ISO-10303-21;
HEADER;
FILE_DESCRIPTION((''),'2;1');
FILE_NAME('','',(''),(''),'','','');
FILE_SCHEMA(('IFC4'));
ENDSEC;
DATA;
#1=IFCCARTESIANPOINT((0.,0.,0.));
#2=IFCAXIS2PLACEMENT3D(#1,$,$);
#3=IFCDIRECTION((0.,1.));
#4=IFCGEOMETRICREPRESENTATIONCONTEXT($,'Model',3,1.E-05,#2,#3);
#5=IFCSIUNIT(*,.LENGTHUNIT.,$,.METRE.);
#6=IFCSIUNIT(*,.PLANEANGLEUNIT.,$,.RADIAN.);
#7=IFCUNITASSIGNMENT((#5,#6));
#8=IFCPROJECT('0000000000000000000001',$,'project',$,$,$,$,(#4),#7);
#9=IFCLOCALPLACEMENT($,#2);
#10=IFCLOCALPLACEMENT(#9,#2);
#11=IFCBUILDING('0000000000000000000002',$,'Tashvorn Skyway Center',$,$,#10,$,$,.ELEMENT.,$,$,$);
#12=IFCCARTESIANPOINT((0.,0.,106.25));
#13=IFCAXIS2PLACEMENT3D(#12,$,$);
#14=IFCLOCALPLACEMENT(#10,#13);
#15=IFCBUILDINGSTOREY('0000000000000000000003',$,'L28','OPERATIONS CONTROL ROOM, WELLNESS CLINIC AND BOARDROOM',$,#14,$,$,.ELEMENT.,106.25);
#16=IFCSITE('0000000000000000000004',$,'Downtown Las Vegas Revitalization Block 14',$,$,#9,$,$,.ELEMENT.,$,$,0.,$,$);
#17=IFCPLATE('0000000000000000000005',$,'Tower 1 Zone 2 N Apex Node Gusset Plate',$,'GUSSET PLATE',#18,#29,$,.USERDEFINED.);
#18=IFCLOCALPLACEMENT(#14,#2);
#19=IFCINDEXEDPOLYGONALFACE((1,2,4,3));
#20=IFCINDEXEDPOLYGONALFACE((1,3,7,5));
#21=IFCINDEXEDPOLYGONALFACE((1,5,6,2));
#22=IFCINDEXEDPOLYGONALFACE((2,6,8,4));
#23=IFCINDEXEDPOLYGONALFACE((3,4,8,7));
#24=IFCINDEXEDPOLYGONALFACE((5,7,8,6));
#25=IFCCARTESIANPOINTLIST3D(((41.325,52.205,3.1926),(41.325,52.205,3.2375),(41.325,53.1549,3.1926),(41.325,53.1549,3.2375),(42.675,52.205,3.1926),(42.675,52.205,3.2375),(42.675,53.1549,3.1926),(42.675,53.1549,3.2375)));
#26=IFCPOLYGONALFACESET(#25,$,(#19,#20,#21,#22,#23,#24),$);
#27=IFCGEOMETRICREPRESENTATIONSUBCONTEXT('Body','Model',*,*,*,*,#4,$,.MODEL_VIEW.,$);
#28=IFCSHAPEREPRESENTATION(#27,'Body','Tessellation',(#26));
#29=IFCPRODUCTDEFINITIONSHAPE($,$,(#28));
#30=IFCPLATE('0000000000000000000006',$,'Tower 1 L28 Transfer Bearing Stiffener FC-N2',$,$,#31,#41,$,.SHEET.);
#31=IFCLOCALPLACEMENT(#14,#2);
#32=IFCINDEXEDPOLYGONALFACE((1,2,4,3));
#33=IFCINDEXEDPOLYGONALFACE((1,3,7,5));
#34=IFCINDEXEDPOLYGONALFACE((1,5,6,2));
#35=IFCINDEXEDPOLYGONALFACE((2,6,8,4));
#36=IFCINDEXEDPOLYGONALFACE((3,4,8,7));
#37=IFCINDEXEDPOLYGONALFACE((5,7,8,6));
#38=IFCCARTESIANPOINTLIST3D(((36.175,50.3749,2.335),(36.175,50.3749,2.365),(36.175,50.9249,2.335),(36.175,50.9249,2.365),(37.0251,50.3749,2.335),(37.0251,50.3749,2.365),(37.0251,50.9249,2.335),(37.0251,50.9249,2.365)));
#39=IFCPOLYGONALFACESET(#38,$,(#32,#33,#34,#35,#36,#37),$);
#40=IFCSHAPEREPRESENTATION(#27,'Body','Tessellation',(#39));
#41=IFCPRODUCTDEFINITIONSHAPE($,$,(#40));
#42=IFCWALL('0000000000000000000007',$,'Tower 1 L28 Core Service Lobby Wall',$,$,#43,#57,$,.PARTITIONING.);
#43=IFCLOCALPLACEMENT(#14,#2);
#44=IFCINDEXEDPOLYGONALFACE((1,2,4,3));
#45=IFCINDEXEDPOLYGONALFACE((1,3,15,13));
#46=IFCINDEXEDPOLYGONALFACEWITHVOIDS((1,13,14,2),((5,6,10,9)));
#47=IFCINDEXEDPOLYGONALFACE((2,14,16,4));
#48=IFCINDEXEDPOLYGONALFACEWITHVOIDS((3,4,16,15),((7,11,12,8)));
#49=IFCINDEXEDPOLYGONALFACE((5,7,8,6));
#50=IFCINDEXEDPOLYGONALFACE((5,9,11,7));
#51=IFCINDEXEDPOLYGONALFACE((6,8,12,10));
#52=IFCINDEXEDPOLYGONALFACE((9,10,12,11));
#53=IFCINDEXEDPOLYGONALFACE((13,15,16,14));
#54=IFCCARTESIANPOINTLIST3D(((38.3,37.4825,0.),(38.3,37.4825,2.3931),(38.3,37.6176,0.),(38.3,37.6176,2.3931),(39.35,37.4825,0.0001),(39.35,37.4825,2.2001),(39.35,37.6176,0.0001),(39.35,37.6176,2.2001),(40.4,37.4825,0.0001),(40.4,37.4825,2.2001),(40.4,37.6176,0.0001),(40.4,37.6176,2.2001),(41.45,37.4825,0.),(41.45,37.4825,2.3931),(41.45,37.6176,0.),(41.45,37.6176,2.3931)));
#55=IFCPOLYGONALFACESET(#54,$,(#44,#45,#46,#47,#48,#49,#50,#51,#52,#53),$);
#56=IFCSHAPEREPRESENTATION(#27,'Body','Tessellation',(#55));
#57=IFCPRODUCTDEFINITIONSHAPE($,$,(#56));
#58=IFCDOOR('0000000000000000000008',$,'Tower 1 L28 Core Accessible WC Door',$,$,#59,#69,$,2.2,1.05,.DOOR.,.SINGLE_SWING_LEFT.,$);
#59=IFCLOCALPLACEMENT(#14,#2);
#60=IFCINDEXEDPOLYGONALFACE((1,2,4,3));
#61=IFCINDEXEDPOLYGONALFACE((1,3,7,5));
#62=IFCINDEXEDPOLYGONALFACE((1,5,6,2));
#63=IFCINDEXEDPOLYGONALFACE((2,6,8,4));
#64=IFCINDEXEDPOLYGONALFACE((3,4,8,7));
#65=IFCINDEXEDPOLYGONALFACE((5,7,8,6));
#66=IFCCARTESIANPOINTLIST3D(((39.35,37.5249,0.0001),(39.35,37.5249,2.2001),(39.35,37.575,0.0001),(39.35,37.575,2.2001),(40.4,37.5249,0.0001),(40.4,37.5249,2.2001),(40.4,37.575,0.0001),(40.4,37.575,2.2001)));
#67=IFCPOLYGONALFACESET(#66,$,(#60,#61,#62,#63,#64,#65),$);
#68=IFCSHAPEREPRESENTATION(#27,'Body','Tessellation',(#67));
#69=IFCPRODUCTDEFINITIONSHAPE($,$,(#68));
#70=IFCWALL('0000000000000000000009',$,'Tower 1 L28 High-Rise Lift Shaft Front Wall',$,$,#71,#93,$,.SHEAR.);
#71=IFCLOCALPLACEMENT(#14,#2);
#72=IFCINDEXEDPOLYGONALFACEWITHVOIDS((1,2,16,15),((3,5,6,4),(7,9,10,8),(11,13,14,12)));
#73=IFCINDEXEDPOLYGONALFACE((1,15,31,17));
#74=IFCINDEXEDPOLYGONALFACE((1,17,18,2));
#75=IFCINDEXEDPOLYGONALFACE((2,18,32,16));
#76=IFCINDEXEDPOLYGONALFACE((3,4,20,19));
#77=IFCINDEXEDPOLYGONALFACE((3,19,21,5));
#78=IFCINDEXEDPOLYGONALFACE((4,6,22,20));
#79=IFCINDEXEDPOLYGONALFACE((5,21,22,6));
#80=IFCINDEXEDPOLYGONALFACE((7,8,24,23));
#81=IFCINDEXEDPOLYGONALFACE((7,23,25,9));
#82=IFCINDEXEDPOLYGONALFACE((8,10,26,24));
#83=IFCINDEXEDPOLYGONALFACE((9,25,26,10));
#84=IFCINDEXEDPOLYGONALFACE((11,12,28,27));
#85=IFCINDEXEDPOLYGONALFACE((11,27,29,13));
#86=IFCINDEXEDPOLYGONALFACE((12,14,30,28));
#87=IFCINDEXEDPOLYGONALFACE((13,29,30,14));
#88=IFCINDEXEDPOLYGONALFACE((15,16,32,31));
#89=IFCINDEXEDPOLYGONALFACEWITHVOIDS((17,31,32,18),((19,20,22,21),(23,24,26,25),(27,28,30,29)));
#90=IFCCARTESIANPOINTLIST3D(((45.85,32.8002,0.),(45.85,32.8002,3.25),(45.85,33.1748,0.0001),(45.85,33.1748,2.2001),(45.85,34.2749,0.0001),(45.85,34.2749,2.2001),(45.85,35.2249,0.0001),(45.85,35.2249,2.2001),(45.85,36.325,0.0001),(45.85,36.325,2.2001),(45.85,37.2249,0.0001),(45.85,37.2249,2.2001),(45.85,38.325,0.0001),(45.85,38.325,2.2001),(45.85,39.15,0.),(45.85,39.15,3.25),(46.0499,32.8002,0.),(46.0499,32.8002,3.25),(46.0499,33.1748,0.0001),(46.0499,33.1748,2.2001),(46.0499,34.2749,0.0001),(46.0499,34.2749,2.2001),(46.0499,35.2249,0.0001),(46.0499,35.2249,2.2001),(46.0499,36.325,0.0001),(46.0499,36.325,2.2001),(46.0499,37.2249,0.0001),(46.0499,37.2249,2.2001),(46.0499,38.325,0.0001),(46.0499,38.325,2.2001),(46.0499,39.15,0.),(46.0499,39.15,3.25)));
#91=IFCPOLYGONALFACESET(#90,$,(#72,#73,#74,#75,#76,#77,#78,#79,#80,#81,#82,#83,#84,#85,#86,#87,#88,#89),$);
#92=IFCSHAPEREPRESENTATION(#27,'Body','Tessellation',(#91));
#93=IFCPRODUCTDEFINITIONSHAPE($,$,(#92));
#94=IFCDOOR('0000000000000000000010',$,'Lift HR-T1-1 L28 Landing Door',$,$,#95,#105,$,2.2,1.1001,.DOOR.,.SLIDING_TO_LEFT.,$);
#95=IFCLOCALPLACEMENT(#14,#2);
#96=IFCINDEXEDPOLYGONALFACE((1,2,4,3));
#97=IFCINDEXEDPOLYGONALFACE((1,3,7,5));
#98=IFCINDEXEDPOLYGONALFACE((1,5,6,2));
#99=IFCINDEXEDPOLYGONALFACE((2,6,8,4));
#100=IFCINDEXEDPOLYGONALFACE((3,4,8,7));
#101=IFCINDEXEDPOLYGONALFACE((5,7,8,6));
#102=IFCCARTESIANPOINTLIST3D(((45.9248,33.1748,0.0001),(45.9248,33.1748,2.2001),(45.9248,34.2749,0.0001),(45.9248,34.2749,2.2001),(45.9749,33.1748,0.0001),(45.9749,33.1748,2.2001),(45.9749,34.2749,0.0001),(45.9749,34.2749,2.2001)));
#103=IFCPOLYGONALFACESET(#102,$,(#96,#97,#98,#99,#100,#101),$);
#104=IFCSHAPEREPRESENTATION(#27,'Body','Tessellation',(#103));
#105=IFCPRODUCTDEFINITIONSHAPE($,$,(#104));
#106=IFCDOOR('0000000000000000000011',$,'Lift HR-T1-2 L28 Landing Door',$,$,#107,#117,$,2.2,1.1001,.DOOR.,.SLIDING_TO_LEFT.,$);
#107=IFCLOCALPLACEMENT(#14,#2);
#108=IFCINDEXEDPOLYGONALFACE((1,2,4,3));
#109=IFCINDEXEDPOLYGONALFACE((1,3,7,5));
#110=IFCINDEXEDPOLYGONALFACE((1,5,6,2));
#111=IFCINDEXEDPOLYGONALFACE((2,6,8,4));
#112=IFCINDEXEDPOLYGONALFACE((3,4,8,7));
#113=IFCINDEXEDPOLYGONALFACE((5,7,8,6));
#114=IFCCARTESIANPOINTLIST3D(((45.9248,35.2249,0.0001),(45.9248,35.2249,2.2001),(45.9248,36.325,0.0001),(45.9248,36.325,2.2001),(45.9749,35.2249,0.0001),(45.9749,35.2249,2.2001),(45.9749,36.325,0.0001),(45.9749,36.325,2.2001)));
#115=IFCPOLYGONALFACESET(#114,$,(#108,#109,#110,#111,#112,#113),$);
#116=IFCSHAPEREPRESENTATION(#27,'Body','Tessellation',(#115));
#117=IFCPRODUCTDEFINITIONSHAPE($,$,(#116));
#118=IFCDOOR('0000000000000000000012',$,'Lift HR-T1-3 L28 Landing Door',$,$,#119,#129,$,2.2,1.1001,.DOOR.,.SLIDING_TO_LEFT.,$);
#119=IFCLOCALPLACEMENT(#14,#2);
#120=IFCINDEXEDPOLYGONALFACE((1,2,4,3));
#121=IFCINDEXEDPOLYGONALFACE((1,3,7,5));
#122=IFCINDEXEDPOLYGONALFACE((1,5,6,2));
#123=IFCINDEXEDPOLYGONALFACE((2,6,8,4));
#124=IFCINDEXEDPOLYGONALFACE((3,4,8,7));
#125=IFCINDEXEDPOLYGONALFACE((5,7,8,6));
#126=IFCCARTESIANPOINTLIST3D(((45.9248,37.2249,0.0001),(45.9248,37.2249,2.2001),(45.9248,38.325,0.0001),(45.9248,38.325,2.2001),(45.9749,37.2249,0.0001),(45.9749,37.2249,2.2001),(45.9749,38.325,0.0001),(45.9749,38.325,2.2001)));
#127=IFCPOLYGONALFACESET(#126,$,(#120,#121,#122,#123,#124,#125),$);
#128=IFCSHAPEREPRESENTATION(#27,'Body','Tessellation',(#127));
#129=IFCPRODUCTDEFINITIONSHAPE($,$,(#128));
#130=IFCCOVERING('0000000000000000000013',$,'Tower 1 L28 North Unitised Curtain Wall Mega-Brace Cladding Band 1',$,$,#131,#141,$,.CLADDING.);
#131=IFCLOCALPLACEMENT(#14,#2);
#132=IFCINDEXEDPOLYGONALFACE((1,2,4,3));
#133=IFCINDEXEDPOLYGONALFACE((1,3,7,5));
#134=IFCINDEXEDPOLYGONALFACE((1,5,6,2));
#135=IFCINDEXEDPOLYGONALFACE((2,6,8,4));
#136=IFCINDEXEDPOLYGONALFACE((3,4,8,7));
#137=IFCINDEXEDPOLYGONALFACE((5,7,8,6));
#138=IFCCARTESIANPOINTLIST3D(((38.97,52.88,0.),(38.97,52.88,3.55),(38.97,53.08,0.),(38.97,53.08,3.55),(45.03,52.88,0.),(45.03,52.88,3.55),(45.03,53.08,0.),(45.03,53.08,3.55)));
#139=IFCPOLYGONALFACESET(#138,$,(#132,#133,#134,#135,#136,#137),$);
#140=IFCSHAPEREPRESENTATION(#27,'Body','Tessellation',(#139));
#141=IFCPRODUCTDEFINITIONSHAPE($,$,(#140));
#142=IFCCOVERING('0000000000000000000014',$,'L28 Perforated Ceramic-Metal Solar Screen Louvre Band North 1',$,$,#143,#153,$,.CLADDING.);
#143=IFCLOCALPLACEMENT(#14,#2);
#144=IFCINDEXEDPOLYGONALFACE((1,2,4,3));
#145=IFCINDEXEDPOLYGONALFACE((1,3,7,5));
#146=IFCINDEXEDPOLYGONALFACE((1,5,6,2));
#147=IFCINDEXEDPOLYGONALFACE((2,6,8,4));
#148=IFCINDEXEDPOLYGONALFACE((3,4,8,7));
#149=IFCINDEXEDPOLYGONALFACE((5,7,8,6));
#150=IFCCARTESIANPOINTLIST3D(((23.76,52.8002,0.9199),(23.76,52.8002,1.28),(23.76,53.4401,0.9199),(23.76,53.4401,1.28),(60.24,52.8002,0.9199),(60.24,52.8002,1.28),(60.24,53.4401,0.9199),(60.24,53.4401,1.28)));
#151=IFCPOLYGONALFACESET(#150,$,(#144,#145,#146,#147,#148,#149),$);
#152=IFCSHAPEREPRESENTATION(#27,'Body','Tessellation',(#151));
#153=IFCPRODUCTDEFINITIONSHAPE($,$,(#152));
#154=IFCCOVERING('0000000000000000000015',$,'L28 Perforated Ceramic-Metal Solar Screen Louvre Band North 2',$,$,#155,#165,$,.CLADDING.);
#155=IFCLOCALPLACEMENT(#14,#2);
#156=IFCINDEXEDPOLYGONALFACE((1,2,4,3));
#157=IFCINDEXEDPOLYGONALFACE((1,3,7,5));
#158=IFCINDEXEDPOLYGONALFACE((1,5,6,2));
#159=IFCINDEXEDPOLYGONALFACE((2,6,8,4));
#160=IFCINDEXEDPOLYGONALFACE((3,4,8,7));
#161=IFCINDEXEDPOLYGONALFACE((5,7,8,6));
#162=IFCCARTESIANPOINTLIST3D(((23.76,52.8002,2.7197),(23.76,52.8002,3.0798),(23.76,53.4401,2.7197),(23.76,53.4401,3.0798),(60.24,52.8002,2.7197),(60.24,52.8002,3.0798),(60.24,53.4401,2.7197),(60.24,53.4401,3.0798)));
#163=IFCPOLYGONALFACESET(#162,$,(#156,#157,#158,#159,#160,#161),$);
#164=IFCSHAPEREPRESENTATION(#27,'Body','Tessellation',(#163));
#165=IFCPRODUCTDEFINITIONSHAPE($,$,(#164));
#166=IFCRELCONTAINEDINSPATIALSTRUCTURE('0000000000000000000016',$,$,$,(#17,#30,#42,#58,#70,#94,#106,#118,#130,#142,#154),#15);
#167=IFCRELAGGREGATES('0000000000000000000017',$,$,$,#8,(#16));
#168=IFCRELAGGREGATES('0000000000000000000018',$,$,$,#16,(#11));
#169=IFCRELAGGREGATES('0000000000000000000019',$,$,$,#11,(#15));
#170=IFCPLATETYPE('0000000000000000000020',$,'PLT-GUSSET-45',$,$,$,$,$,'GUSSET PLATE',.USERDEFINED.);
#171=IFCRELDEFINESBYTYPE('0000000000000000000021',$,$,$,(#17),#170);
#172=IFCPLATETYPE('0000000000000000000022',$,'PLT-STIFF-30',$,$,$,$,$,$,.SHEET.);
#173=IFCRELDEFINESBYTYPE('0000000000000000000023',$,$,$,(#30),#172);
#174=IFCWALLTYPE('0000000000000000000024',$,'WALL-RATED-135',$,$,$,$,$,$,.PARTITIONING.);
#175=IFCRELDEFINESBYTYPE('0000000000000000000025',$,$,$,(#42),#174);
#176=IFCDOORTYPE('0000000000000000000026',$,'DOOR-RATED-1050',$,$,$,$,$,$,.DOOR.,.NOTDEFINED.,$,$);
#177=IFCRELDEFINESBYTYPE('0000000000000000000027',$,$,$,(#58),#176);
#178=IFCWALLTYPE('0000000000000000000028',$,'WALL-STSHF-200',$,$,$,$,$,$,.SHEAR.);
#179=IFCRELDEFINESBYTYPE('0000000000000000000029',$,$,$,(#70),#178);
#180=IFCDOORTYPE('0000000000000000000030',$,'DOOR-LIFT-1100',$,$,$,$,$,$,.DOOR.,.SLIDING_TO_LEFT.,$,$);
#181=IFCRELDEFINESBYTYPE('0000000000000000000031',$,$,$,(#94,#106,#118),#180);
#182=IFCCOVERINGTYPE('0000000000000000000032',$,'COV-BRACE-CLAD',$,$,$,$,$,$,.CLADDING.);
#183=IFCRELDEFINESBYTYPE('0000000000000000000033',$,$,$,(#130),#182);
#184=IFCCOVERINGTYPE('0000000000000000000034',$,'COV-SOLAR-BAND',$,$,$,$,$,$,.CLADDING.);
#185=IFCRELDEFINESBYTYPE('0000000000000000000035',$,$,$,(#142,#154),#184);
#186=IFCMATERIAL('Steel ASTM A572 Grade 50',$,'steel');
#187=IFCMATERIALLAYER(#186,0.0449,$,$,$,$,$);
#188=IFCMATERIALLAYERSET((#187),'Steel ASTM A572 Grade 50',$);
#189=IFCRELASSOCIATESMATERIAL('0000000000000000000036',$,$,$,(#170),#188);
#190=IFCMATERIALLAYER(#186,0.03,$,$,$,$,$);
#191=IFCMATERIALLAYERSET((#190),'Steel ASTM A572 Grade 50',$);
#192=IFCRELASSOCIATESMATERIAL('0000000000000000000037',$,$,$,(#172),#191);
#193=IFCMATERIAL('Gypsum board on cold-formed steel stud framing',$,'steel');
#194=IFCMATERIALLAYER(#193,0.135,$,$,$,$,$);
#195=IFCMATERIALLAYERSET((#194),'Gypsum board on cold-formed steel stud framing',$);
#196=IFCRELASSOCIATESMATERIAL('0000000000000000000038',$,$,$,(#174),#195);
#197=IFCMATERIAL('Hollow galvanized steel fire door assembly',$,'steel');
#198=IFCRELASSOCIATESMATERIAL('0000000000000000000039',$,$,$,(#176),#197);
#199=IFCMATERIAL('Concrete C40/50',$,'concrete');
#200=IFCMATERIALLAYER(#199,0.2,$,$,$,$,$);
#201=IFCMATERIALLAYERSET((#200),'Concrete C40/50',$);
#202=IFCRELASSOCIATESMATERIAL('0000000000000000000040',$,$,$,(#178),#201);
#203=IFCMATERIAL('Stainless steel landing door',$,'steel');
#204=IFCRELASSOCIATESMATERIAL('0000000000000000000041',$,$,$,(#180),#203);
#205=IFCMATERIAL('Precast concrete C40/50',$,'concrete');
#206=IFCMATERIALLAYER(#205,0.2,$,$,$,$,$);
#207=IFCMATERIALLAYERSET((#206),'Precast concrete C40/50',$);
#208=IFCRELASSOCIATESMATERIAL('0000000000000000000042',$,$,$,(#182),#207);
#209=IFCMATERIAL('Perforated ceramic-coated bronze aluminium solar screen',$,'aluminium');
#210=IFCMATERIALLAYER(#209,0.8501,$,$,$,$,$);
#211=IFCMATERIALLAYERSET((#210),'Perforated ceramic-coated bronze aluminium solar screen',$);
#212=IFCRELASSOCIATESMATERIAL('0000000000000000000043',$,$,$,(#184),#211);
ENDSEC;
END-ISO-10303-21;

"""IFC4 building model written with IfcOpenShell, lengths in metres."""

from ifc_helpers import new_model, si_unit, direction, frame, frame_2d, origin, origin_2d, place, context, subcontext, project, spatial, rectangle, extrude, material, layer, layer_set, type_object, element, fill, save


model = new_model("IFC4")

# Units and contexts
model_context = context("Model", 3, precision=1e-05, world=origin(), true_north=direction((0.0, 1.0)))
body_context = subcontext(model_context, "Body", "Model", "MODEL_VIEW")
ifc_project = project(units=[si_unit("LENGTHUNIT", "METRE"), si_unit("PLANEANGLEUNIT", "RADIAN")], contexts=[model_context])

# Site, building, storey
site_placement = place(None, origin())
site = spatial("IfcSite", under=ifc_project, at=site_placement, Name="Downtown Las Vegas Revitalization Block 14", CompositionType="ELEMENT", RefElevation=0.0)
building_placement = place(site_placement, origin())
building = spatial("IfcBuilding", under=site, at=building_placement, Name="Tashvorn Skyway Center", CompositionType="ELEMENT")
storey_placement = place(building_placement, frame((0.0, 0.0, 106.25)))
storey = spatial("IfcBuildingStorey", under=building, at=storey_placement, Name="L28", Description="OPERATIONS CONTROL ROOM, WELLNESS CLINIC AND BOARDROOM", CompositionType="ELEMENT", Elevation=106.25)

# Shared definitions
ifc_material_1 = material(Name="Steel ASTM A572 Grade 50", Category="steel")

# Plates
ifc_layer_1 = layer(ifc_material_1, 0.0449)
ifc_layer_set_1 = layer_set([ifc_layer_1], Name="Steel ASTM A572 Grade 50")
plate_type_1 = type_object("IfcPlateType", Name="PLT-GUSSET-45", ElementType="GUSSET PLATE", PredefinedType="USERDEFINED", material=ifc_layer_set_1)
plate_1_placement = place(storey_placement, frame((42.0, 52.6799, 3.1926), z_axis=(0.0, 0.0, 1.0), x_axis=(-1.0, 0.0, 0.0)))
element("IfcPlate", 1, at=plate_1_placement, inside=storey, type_object=plate_type_1, Name="Tower 1 Zone 2 N Apex Node Gusset Plate", ObjectType="GUSSET PLATE", PredefinedType="USERDEFINED", context=body_context, shape_type="SweptSolid", body=[
    extrude(rectangle(XDim=1.3501, YDim=0.95, at=origin_2d()), origin(), (0.0, 0.0, 1.0), 0.0449),
])
ifc_layer_2 = layer(ifc_material_1, 0.03)
ifc_layer_set_2 = layer_set([ifc_layer_2], Name="Steel ASTM A572 Grade 50")
plate_type_2 = type_object("IfcPlateType", Name="PLT-STIFF-30", PredefinedType="SHEET", material=ifc_layer_set_2)
plate_2_placement = place(storey_placement, frame((36.6001, 50.6499, 2.335), z_axis=(0.0, 0.0, 1.0), x_axis=(1.0, 0.0, 0.0)))
element("IfcPlate", 2, at=plate_2_placement, inside=storey, type_object=plate_type_2, Name="Tower 1 L28 Transfer Bearing Stiffener FC-N2", PredefinedType="SHEET", context=body_context, shape_type="SweptSolid", body=[
    extrude(rectangle(XDim=0.8501, YDim=0.55, at=origin_2d()), origin(), (0.0, 0.0, 1.0), 0.03),
])

# Wall, opening, door
ifc_material_2 = material(Name="Gypsum board on cold-formed steel stud framing", Category="steel")
ifc_layer_3 = layer(ifc_material_2, 0.135)
ifc_layer_set_3 = layer_set([ifc_layer_3], Name="Gypsum board on cold-formed steel stud framing")
wall_type_1 = type_object("IfcWallType", Name="WALL-RATED-135", PredefinedType="PARTITIONING", material=ifc_layer_set_3)
wall_1_placement = place(storey_placement, frame((38.3, 37.55, 0.0), z_axis=(0.0, 0.0, 1.0), x_axis=(1.0, 0.0, 0.0)))
wall_1 = element("IfcWall", 3, at=wall_1_placement, inside=storey, type_object=wall_type_1, Name="Tower 1 L28 Core Service Lobby Wall", PredefinedType="PARTITIONING", context=body_context, shape_type="SweptSolid", body=[
    extrude(rectangle(XDim=3.1499, YDim=0.135, at=frame_2d((1.575, 0.0))), origin(), (0.0, 0.0, 1.0), 2.3931),
])
opening_1_placement = place(wall_1_placement, frame((1.05, 0.0, 0.0)))
opening_1 = element("IfcOpeningElement", 4, at=opening_1_placement, cuts=wall_1, PredefinedType="OPENING", context=body_context, shape_type="SweptSolid", body=[
    extrude(rectangle(XDim=1.05, YDim=2.2, at=frame_2d((0.5249, 1.1001))), frame((0.0, 0.0774, 0.0), z_axis=(0.0, -1.0, 0.0), x_axis=(1.0, 0.0, 0.0)), (0.0, 0.0, 1.0), 0.155),
])
ifc_material_3 = material(Name="Hollow galvanized steel fire door assembly", Category="steel")
door_type_1 = type_object("IfcDoorType", Name="DOOR-RATED-1050", OperationType="NOTDEFINED", PredefinedType="DOOR", material=ifc_material_3)
door_1_placement = place(opening_1_placement, origin())
door_1 = element("IfcDoor", 5, at=door_1_placement, inside=storey, type_object=door_type_1, Name="Tower 1 L28 Core Accessible WC Door", OperationType="SINGLE_SWING_LEFT", OverallHeight=2.2, OverallWidth=1.05, PredefinedType="DOOR", context=body_context, shape_type="SweptSolid", body=[
    extrude(rectangle(XDim=1.05, YDim=2.2, at=frame_2d((0.5249, 1.1001))), frame((0.0, 0.0249, 0.0), z_axis=(0.0, -1.0, 0.0), x_axis=(1.0, 0.0, 0.0)), (0.0, 0.0, 1.0), 0.05),
])
fill(opening_1, door_1)

# Wall, openings, doors
ifc_material_4 = material(Name="Concrete C40/50", Category="concrete")
ifc_layer_4 = layer(ifc_material_4, 0.2)
ifc_layer_set_4 = layer_set([ifc_layer_4], Name="Concrete C40/50")
wall_type_2 = type_object("IfcWallType", Name="WALL-STSHF-200", PredefinedType="SHEAR", material=ifc_layer_set_4)
wall_2_placement = place(storey_placement, frame((45.95, 39.1499, 0.0), z_axis=(0.0, 0.0, 1.0), x_axis=(0.0, -1.0, 0.0)))
wall_2 = element("IfcWall", 6, at=wall_2_placement, inside=storey, type_object=wall_type_2, Name="Tower 1 L28 High-Rise Lift Shaft Front Wall", PredefinedType="SHEAR", context=body_context, shape_type="SweptSolid", body=[
    extrude(rectangle(XDim=6.3499, YDim=0.2, at=frame_2d((3.1748, 0.0))), origin(), (0.0, 0.0, 1.0), 3.25),
])
opening_2_placement = place(wall_2_placement, frame((4.875, 0.0, 0.0)))
opening_2 = element("IfcOpeningElement", 7, at=opening_2_placement, cuts=wall_2, PredefinedType="OPENING", context=body_context, shape_type="SweptSolid", body=[
    extrude(rectangle(XDim=1.1001, YDim=2.2, at=frame_2d((0.55, 1.1001))), frame((0.0, 0.1099, 0.0), z_axis=(0.0, -1.0, 0.0), x_axis=(1.0, 0.0, 0.0)), (0.0, 0.0, 1.0), 0.22),
])
opening_3_placement = place(wall_2_placement, frame((2.825, 0.0, 0.0)))
opening_3 = element("IfcOpeningElement", 8, at=opening_3_placement, cuts=wall_2, PredefinedType="OPENING", context=body_context, shape_type="SweptSolid", body=[
    extrude(rectangle(XDim=1.1001, YDim=2.2, at=frame_2d((0.55, 1.1001))), frame((0.0, 0.1099, 0.0), z_axis=(0.0, -1.0, 0.0), x_axis=(1.0, 0.0, 0.0)), (0.0, 0.0, 1.0), 0.22),
])
opening_4_placement = place(wall_2_placement, frame((0.825, 0.0, 0.0)))
opening_4 = element("IfcOpeningElement", 9, at=opening_4_placement, cuts=wall_2, PredefinedType="OPENING", context=body_context, shape_type="SweptSolid", body=[
    extrude(rectangle(XDim=1.1001, YDim=2.2, at=frame_2d((0.55, 1.1001))), frame((0.0, 0.1099, 0.0), z_axis=(0.0, -1.0, 0.0), x_axis=(1.0, 0.0, 0.0)), (0.0, 0.0, 1.0), 0.22),
])
ifc_material_5 = material(Name="Stainless steel landing door", Category="steel")
door_type_2 = type_object("IfcDoorType", Name="DOOR-LIFT-1100", OperationType="SLIDING_TO_LEFT", PredefinedType="DOOR", material=ifc_material_5)
door_2_placement = place(opening_2_placement, origin())
door_2 = element("IfcDoor", 10, at=door_2_placement, inside=storey, type_object=door_type_2, Name="Lift HR-T1-1 L28 Landing Door", OperationType="SLIDING_TO_LEFT", OverallHeight=2.2, OverallWidth=1.1001, PredefinedType="DOOR", context=body_context, shape_type="SweptSolid", body=[
    extrude(rectangle(XDim=1.1001, YDim=2.2, at=frame_2d((0.55, 1.1001))), frame((0.0, 0.0249, 0.0), z_axis=(0.0, -1.0, 0.0), x_axis=(1.0, 0.0, 0.0)), (0.0, 0.0, 1.0), 0.05),
])
fill(opening_2, door_2)
door_3_placement = place(opening_3_placement, origin())
door_3 = element("IfcDoor", 11, at=door_3_placement, inside=storey, type_object=door_type_2, Name="Lift HR-T1-2 L28 Landing Door", OperationType="SLIDING_TO_LEFT", OverallHeight=2.2, OverallWidth=1.1001, PredefinedType="DOOR", context=body_context, shape_type="SweptSolid", body=[
    extrude(rectangle(XDim=1.1001, YDim=2.2, at=frame_2d((0.55, 1.1001))), frame((0.0, 0.0249, 0.0), z_axis=(0.0, -1.0, 0.0), x_axis=(1.0, 0.0, 0.0)), (0.0, 0.0, 1.0), 0.05),
])
fill(opening_3, door_3)
door_4_placement = place(opening_4_placement, origin())
door_4 = element("IfcDoor", 12, at=door_4_placement, inside=storey, type_object=door_type_2, Name="Lift HR-T1-3 L28 Landing Door", OperationType="SLIDING_TO_LEFT", OverallHeight=2.2, OverallWidth=1.1001, PredefinedType="DOOR", context=body_context, shape_type="SweptSolid", body=[
    extrude(rectangle(XDim=1.1001, YDim=2.2, at=frame_2d((0.55, 1.1001))), frame((0.0, 0.0249, 0.0), z_axis=(0.0, -1.0, 0.0), x_axis=(1.0, 0.0, 0.0)), (0.0, 0.0, 1.0), 0.05),
])
fill(opening_4, door_4)

# Coverings
ifc_material_6 = material(Name="Precast concrete C40/50", Category="concrete")
ifc_layer_5 = layer(ifc_material_6, 0.2)
ifc_layer_set_5 = layer_set([ifc_layer_5], Name="Precast concrete C40/50")
covering_type_1 = type_object("IfcCoveringType", Name="COV-BRACE-CLAD", PredefinedType="CLADDING", material=ifc_layer_set_5)
covering_placement = place(storey_placement, frame((42.0, 52.98, 0.0), z_axis=(0.0, 0.0, 1.0), x_axis=(1.0, 0.0, 0.0)))
element("IfcCovering", 13, at=covering_placement, inside=storey, type_object=covering_type_1, Name="Tower 1 L28 North Unitised Curtain Wall Mega-Brace Cladding Band 1", PredefinedType="CLADDING", context=body_context, shape_type="SweptSolid", body=[
    extrude(rectangle(XDim=6.0601, YDim=0.2, at=origin_2d()), origin(), (0.0, 0.0, 1.0), 3.55),
])
ifc_material_7 = material(Name="Perforated ceramic-coated bronze aluminium solar screen", Category="aluminium")
ifc_layer_6 = layer(ifc_material_7, 0.8501)
ifc_layer_set_6 = layer_set([ifc_layer_6], Name="Perforated ceramic-coated bronze aluminium solar screen")
covering_type_2 = type_object("IfcCoveringType", Name="COV-SOLAR-BAND", PredefinedType="CLADDING", material=ifc_layer_set_6)
for number, where, z_axis, x_axis, name in (
    (14, (42.0, 53.1201, 0.9199), (0.0, 0.0, 1.0), (1.0, 0.0, 0.0), "L28 Perforated Ceramic-Metal Solar Screen Louvre Band North 1"),
    (15, (42.0, 53.1201, 2.7197), (0.0, 0.0, 1.0), (1.0, 0.0, 0.0), "L28 Perforated Ceramic-Metal Solar Screen Louvre Band North 2"),
):
    element("IfcCovering", number, at=place(storey_placement, frame(where, z_axis=z_axis, x_axis=x_axis)), inside=storey, type_object=covering_type_2, Name=name, PredefinedType="CLADDING", context=body_context, shape_type="SweptSolid", body=[
        extrude(rectangle(XDim=36.48, YDim=0.6399, at=origin_2d()), origin(), (0.0, 0.0, 1.0), 0.3601),
    ])

save(model, "model.ifc")
